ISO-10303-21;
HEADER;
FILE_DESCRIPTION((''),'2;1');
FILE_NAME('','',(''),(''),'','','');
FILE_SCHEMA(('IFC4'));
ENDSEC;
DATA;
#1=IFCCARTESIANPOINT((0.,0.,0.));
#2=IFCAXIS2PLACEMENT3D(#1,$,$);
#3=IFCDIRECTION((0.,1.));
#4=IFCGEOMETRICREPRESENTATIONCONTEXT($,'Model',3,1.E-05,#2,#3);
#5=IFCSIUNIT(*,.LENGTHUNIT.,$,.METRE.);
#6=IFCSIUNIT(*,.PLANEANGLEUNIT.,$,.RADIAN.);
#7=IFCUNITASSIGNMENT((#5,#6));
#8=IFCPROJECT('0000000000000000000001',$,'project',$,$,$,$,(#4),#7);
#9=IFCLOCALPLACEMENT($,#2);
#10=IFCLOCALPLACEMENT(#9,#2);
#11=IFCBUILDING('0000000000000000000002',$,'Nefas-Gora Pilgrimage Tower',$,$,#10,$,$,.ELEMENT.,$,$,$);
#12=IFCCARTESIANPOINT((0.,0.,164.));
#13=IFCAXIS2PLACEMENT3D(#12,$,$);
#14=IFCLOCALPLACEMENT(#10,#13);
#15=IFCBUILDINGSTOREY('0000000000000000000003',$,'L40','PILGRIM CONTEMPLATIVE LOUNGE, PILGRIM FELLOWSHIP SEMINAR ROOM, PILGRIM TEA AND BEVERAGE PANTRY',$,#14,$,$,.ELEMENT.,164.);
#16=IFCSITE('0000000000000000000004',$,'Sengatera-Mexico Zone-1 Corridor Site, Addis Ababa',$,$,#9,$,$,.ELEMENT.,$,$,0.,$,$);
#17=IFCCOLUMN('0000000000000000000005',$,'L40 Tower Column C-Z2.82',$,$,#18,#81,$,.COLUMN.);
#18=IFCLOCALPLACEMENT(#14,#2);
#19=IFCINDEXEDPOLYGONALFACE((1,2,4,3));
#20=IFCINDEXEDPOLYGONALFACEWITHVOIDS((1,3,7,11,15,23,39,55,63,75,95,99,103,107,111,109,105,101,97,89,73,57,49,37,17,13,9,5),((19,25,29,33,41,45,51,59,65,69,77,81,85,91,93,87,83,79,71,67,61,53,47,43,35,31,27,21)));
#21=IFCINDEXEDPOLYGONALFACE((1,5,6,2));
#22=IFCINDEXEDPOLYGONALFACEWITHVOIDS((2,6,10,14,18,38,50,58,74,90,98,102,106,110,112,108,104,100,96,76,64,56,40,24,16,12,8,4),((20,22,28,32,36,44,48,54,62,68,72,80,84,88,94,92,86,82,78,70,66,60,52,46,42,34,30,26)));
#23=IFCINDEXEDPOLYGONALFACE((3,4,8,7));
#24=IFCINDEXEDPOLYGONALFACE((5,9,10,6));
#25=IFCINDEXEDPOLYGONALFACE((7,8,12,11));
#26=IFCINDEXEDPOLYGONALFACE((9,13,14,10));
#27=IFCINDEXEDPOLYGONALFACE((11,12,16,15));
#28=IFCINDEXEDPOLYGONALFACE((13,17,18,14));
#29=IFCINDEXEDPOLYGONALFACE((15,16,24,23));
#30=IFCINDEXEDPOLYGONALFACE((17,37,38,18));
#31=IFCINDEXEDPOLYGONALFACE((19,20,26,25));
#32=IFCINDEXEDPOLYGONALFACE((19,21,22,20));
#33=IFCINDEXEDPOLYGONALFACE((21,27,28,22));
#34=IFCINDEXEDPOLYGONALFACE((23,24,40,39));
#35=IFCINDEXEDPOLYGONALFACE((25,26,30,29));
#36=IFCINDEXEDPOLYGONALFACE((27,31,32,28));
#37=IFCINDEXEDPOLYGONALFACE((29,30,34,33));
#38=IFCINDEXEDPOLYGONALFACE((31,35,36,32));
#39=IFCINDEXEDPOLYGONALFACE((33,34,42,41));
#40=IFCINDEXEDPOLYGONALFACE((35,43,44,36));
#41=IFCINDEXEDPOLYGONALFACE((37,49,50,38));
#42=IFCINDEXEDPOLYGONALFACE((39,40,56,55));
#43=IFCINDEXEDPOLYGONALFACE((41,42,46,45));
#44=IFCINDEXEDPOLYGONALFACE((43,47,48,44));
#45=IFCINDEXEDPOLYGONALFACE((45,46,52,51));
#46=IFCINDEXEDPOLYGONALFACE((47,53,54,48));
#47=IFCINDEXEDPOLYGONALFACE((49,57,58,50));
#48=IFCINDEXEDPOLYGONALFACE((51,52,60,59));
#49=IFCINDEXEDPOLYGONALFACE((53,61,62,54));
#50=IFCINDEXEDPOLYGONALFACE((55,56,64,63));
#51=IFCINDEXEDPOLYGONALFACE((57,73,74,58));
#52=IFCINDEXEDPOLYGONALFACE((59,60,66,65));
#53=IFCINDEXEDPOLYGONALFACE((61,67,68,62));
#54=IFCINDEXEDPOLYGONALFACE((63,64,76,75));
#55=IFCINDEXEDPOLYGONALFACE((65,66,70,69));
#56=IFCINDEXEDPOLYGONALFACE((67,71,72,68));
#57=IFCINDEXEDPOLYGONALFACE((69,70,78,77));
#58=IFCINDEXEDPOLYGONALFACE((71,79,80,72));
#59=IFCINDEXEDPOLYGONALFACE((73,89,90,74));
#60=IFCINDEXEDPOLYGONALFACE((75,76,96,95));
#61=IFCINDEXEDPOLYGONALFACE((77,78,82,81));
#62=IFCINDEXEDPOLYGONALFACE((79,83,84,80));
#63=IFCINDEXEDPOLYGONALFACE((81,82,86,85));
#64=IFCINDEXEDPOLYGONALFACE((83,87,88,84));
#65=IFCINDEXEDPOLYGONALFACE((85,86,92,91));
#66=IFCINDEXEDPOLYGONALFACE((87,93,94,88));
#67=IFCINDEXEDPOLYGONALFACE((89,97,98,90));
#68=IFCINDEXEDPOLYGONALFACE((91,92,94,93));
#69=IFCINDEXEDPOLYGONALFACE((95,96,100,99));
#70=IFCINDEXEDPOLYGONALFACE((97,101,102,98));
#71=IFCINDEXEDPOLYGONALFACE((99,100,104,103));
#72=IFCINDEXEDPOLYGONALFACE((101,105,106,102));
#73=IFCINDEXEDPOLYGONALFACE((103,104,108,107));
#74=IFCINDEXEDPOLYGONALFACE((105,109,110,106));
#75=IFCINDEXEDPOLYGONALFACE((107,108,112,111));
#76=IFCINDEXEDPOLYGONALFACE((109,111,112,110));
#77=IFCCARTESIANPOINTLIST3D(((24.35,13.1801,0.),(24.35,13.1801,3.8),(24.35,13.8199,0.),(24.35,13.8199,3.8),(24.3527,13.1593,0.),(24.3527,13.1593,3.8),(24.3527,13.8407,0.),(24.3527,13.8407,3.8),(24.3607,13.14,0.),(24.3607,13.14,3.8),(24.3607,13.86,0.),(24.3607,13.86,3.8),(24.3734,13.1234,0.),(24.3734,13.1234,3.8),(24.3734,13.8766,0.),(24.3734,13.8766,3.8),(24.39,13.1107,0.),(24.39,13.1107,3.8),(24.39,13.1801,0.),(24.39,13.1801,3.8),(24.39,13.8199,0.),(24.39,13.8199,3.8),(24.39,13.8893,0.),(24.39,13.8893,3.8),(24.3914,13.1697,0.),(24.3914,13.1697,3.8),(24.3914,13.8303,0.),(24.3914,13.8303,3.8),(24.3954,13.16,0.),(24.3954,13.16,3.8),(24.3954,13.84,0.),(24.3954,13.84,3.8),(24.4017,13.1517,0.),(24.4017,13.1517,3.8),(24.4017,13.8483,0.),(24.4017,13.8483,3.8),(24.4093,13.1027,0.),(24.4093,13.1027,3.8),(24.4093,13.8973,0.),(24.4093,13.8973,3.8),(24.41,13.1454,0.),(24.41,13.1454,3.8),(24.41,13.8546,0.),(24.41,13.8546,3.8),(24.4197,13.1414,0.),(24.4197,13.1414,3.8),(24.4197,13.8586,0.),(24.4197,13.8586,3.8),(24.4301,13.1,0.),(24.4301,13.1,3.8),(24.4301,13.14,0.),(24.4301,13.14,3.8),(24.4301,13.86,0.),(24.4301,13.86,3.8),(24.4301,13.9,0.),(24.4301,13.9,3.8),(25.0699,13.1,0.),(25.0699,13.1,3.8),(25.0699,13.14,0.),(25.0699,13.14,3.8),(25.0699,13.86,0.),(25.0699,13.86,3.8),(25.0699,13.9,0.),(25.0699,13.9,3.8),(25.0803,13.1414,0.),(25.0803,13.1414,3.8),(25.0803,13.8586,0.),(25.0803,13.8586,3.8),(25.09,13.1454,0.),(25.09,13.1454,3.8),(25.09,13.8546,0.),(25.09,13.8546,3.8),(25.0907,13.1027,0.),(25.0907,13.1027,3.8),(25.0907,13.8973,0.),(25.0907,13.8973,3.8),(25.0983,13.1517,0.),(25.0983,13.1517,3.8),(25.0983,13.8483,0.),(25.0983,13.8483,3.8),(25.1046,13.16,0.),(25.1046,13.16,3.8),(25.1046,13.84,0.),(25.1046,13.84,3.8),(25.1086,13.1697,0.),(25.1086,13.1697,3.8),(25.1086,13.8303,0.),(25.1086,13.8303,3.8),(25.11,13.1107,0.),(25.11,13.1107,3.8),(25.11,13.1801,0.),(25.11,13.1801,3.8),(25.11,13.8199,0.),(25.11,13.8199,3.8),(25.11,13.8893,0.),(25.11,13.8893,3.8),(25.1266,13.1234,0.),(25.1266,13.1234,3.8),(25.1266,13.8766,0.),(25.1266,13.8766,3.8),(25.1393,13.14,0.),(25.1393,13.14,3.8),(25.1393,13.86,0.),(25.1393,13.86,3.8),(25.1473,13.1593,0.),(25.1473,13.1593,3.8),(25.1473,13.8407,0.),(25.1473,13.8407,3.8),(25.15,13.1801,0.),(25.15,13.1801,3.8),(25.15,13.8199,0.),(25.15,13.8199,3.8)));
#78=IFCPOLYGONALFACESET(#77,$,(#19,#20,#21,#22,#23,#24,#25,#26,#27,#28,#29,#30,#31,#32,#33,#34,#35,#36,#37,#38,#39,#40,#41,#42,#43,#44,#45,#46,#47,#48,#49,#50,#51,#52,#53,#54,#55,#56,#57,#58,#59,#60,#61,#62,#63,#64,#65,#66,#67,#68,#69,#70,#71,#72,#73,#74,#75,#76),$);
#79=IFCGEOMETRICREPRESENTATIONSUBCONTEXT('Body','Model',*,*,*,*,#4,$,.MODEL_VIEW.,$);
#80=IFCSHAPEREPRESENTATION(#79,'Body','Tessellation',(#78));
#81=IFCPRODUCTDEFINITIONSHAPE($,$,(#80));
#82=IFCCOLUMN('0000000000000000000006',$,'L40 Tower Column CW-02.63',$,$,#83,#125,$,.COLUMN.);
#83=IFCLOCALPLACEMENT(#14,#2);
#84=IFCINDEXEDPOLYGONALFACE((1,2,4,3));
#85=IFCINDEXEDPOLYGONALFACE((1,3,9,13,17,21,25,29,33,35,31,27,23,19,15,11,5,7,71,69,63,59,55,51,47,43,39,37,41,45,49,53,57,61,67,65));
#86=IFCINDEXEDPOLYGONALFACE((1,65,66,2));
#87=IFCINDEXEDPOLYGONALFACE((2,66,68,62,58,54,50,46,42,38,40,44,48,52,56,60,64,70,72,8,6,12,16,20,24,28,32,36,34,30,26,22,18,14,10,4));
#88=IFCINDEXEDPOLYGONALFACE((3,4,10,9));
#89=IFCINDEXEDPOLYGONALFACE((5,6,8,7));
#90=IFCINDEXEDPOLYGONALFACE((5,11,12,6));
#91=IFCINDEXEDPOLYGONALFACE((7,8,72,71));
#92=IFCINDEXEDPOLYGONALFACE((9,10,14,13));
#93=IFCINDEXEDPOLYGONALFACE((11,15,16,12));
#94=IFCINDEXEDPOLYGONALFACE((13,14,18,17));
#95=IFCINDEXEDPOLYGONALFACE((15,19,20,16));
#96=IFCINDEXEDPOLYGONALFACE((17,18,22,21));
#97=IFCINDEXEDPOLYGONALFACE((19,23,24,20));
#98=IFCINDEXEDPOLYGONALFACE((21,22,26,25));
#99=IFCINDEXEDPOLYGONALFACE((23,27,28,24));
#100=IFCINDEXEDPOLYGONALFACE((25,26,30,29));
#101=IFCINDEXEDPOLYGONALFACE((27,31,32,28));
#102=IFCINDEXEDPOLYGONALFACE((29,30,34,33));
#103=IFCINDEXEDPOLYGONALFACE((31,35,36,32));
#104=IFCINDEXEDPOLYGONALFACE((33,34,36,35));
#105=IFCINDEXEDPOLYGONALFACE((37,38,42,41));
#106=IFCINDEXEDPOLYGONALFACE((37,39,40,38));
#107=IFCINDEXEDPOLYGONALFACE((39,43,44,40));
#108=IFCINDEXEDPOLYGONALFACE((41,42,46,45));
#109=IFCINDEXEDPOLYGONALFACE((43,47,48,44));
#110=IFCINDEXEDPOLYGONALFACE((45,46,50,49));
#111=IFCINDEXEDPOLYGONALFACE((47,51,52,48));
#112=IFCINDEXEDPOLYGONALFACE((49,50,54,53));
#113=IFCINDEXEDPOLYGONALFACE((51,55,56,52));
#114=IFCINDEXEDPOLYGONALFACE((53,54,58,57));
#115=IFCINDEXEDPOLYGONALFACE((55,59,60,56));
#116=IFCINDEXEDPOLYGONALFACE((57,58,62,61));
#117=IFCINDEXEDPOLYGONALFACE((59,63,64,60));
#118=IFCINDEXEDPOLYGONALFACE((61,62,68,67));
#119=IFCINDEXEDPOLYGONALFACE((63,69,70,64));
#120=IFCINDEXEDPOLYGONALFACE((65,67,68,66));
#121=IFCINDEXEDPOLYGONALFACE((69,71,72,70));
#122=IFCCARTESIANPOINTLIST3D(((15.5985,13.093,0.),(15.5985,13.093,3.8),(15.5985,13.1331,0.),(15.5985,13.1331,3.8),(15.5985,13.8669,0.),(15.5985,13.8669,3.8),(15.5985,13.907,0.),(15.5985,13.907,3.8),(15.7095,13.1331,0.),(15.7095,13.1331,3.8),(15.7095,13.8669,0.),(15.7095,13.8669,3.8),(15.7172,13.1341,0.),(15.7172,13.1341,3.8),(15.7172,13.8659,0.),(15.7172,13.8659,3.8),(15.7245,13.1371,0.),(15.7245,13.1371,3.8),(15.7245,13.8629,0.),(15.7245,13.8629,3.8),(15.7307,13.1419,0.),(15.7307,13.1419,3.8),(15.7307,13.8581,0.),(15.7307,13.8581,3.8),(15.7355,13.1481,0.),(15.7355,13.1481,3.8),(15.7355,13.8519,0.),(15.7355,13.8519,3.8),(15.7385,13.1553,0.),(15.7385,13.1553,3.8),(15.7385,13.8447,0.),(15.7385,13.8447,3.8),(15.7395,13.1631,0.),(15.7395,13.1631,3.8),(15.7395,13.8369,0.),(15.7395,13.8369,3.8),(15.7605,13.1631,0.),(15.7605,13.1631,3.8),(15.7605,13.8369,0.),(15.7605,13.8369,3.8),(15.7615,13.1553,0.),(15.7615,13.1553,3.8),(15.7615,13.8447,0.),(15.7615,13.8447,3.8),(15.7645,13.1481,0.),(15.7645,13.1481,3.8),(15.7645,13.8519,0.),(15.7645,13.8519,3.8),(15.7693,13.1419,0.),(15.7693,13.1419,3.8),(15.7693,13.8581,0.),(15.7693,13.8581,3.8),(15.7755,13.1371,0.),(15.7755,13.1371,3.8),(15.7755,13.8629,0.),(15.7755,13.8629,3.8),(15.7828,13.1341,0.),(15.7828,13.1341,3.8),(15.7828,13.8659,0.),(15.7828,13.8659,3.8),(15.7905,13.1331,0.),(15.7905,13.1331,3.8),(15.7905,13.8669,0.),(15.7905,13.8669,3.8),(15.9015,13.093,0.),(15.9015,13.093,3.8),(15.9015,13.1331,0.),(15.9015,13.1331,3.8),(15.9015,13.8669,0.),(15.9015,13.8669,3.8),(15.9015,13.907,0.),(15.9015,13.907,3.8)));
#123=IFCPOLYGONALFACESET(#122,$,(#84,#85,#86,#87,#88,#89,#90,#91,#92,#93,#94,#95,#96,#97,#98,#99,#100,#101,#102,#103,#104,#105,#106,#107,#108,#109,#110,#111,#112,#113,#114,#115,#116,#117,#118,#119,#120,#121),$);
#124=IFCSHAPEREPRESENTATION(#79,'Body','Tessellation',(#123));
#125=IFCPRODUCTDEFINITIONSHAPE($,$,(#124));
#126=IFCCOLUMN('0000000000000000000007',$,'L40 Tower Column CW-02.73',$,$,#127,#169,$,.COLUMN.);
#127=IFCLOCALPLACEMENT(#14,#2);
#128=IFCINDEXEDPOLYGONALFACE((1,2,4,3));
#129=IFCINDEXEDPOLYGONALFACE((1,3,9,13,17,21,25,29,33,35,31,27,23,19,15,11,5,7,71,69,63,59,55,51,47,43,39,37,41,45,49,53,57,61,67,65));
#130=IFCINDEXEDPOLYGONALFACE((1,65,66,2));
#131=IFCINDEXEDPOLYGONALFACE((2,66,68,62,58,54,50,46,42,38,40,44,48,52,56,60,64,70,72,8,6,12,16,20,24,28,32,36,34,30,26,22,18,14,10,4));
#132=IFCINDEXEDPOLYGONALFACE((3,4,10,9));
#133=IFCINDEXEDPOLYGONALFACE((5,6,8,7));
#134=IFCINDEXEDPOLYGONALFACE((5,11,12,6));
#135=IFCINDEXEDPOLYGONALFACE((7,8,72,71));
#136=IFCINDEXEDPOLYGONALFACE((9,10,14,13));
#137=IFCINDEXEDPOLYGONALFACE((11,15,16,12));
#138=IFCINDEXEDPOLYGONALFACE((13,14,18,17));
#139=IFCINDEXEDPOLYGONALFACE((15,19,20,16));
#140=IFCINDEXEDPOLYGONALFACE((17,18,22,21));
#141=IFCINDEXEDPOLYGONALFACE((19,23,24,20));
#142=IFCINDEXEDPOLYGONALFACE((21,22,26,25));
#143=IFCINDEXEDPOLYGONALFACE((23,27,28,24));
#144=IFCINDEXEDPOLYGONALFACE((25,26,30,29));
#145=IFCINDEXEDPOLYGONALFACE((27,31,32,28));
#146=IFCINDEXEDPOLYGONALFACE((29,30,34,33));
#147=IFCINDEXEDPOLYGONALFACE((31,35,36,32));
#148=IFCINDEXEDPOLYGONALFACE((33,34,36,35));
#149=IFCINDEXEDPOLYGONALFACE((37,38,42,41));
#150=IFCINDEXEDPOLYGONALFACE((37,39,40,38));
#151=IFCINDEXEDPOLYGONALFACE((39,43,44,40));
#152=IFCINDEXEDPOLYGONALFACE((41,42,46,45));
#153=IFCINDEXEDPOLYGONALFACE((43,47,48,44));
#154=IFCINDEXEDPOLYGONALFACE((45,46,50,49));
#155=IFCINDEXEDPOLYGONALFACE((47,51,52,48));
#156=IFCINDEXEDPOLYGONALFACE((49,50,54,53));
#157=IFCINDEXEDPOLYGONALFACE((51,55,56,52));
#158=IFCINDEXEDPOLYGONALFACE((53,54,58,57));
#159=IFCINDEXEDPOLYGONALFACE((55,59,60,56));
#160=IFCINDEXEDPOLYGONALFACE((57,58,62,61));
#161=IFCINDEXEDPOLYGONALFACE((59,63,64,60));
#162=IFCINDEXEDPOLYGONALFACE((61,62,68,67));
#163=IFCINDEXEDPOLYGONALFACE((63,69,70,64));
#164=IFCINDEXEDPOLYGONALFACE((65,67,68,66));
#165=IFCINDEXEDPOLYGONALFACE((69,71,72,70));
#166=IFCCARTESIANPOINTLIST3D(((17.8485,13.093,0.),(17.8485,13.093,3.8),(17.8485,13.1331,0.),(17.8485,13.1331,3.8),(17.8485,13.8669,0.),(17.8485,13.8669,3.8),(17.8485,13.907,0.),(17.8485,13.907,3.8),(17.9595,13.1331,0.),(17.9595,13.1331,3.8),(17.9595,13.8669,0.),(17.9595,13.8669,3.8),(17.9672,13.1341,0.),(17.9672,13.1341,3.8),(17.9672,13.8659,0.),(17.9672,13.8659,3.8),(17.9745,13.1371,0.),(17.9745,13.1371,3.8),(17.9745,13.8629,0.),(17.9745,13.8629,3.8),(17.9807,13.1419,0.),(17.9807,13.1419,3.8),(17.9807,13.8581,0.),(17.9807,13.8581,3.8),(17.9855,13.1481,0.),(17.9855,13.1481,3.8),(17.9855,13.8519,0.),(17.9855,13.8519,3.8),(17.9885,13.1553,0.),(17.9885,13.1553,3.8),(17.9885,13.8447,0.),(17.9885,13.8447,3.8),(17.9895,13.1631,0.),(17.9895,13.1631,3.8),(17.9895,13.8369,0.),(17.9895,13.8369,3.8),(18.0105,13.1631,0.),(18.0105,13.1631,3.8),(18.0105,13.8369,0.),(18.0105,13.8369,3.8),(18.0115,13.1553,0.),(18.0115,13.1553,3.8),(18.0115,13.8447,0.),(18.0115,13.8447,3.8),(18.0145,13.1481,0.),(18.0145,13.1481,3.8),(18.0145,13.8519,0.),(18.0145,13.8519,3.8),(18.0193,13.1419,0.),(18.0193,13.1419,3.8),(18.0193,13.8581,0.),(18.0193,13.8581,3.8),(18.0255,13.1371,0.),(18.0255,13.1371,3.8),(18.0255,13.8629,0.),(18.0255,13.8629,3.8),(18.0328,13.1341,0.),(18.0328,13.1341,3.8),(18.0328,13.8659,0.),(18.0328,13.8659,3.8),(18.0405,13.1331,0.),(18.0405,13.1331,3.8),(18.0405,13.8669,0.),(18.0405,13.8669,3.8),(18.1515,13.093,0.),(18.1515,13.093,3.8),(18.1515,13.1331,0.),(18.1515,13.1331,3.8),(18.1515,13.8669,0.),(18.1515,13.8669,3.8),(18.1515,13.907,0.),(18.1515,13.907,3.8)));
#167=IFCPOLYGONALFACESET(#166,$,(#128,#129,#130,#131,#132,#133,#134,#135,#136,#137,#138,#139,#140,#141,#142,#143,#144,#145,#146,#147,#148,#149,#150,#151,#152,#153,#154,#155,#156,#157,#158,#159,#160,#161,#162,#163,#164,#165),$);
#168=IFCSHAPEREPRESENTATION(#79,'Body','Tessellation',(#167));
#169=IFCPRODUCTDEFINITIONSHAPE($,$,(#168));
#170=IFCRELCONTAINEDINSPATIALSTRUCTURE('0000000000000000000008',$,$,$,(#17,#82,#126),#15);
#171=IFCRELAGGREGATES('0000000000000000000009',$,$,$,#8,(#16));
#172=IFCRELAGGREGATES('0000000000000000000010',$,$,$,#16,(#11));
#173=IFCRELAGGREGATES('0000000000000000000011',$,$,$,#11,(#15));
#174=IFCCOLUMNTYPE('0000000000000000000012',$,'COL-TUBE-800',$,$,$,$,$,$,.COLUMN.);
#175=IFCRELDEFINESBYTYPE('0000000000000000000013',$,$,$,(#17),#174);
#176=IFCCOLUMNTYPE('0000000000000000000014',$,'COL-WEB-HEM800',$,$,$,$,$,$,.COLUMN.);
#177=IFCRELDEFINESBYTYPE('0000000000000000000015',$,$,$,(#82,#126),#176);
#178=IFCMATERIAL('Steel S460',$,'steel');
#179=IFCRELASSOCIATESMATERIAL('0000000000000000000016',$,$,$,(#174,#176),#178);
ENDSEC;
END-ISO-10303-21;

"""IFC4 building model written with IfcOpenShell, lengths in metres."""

from ifc_helpers import new_model, si_unit, direction, frame, origin, origin_2d, place, context, subcontext, project, spatial, hollow_rectangle, i_section, extrude, source, transform, mapped, material, material_profile, profile_set, type_object, element, save


model = new_model("IFC4")

# Units and contexts
model_context = context("Model", 3, precision=1e-05, world=origin(), true_north=direction((0.0, 1.0)))
body_context = subcontext(model_context, "Body", "Model", "MODEL_VIEW")
ifc_project = project(units=[si_unit("LENGTHUNIT", "METRE"), si_unit("PLANEANGLEUNIT", "RADIAN")], contexts=[model_context])

# Site, building, storey
site_placement = place(None, origin())
site = spatial("IfcSite", under=ifc_project, at=site_placement, Name="Sengatera-Mexico Zone-1 Corridor Site, Addis Ababa", CompositionType="ELEMENT", RefElevation=0.0)
building_placement = place(site_placement, origin())
building = spatial("IfcBuilding", under=site, at=building_placement, Name="Nefas-Gora Pilgrimage Tower", CompositionType="ELEMENT")
storey_placement = place(building_placement, frame((0.0, 0.0, 164.0)))
storey = spatial("IfcBuildingStorey", under=building, at=storey_placement, Name="L40", Description="PILGRIM CONTEMPLATIVE LOUNGE, PILGRIM FELLOWSHIP SEMINAR ROOM, PILGRIM TEA AND BEVERAGE PANTRY", CompositionType="ELEMENT", Elevation=164.0)

# Columns
ifc_material_1 = material(Name="Steel S460", Category="steel")
ifc_material_profile_1 = material_profile(ifc_material_1, hollow_rectangle(XDim=0.8, YDim=0.8, WallThickness=0.04, InnerFilletRadius=0.04, OuterFilletRadius=0.0801, at=origin_2d()), Name="BOX 800x800x40")
ifc_profile_set_1 = profile_set([ifc_material_profile_1], Name="Steel S460")
column_type_1 = type_object("IfcColumnType", Name="COL-TUBE-800", PredefinedType="COLUMN", material=ifc_profile_set_1)
shared_shape_1 = source(origin(), body_context, "Body", "SweptSolid", [
    extrude(hollow_rectangle(XDim=0.8, YDim=0.8, WallThickness=0.04, InnerFilletRadius=0.04, OuterFilletRadius=0.0801, at=origin_2d()), origin(), (0.0, 0.0, 1.0), 3.8),
])
for number, where, z_axis, x_axis, name in (
    (1, (24.75, 13.5, 0.0), (0.0, 0.0, 1.0), (1.0, 0.0, 0.0), "L40 Tower Column C-Z2.82"),
):
    element("IfcColumn", number, at=place(storey_placement, frame(where, z_axis=z_axis, x_axis=x_axis)), inside=storey, type_object=column_type_1, Name=name, PredefinedType="COLUMN", context=body_context, shape_type="MappedRepresentation", body=[
        mapped(shared_shape_1, transform((0.0, 0.0, 0.0), x_axis=(1.0, 0.0, 0.0), y_axis=(0.0, 1.0, 0.0), z_axis=(0.0, 0.0, 1.0), scale=1.0)),
    ])
ifc_material_profile_2 = material_profile(ifc_material_1, i_section(OverallWidth=0.303, OverallDepth=0.814, WebThickness=0.021, FlangeThickness=0.04, FilletRadius=0.03, at=origin_2d()), Name="HEM 800")
ifc_profile_set_2 = profile_set([ifc_material_profile_2], Name="Steel S460")
column_type_2 = type_object("IfcColumnType", Name="COL-WEB-HEM800", PredefinedType="COLUMN", material=ifc_profile_set_2)
shared_shape_2 = source(origin(), body_context, "Body", "SweptSolid", [
    extrude(i_section(OverallWidth=0.303, OverallDepth=0.814, WebThickness=0.021, FlangeThickness=0.04, FilletRadius=0.03, at=origin_2d()), origin(), (0.0, 0.0, 1.0), 3.8),
])
for number, where, z_axis, x_axis, name in (
    (2, (15.75, 13.5, 0.0), (0.0, 0.0, 1.0), (1.0, 0.0, 0.0), "L40 Tower Column CW-02.63"),
    (3, (18.0, 13.5, 0.0), (0.0, 0.0, 1.0), (1.0, 0.0, 0.0), "L40 Tower Column CW-02.73"),
):
    element("IfcColumn", number, at=place(storey_placement, frame(where, z_axis=z_axis, x_axis=x_axis)), inside=storey, type_object=column_type_2, Name=name, PredefinedType="COLUMN", context=body_context, shape_type="MappedRepresentation", body=[
        mapped(shared_shape_2, transform((0.0, 0.0, 0.0), x_axis=(1.0, 0.0, 0.0), y_axis=(0.0, 1.0, 0.0), z_axis=(0.0, 0.0, 1.0), scale=1.0)),
    ])

save(model, "model.ifc")
